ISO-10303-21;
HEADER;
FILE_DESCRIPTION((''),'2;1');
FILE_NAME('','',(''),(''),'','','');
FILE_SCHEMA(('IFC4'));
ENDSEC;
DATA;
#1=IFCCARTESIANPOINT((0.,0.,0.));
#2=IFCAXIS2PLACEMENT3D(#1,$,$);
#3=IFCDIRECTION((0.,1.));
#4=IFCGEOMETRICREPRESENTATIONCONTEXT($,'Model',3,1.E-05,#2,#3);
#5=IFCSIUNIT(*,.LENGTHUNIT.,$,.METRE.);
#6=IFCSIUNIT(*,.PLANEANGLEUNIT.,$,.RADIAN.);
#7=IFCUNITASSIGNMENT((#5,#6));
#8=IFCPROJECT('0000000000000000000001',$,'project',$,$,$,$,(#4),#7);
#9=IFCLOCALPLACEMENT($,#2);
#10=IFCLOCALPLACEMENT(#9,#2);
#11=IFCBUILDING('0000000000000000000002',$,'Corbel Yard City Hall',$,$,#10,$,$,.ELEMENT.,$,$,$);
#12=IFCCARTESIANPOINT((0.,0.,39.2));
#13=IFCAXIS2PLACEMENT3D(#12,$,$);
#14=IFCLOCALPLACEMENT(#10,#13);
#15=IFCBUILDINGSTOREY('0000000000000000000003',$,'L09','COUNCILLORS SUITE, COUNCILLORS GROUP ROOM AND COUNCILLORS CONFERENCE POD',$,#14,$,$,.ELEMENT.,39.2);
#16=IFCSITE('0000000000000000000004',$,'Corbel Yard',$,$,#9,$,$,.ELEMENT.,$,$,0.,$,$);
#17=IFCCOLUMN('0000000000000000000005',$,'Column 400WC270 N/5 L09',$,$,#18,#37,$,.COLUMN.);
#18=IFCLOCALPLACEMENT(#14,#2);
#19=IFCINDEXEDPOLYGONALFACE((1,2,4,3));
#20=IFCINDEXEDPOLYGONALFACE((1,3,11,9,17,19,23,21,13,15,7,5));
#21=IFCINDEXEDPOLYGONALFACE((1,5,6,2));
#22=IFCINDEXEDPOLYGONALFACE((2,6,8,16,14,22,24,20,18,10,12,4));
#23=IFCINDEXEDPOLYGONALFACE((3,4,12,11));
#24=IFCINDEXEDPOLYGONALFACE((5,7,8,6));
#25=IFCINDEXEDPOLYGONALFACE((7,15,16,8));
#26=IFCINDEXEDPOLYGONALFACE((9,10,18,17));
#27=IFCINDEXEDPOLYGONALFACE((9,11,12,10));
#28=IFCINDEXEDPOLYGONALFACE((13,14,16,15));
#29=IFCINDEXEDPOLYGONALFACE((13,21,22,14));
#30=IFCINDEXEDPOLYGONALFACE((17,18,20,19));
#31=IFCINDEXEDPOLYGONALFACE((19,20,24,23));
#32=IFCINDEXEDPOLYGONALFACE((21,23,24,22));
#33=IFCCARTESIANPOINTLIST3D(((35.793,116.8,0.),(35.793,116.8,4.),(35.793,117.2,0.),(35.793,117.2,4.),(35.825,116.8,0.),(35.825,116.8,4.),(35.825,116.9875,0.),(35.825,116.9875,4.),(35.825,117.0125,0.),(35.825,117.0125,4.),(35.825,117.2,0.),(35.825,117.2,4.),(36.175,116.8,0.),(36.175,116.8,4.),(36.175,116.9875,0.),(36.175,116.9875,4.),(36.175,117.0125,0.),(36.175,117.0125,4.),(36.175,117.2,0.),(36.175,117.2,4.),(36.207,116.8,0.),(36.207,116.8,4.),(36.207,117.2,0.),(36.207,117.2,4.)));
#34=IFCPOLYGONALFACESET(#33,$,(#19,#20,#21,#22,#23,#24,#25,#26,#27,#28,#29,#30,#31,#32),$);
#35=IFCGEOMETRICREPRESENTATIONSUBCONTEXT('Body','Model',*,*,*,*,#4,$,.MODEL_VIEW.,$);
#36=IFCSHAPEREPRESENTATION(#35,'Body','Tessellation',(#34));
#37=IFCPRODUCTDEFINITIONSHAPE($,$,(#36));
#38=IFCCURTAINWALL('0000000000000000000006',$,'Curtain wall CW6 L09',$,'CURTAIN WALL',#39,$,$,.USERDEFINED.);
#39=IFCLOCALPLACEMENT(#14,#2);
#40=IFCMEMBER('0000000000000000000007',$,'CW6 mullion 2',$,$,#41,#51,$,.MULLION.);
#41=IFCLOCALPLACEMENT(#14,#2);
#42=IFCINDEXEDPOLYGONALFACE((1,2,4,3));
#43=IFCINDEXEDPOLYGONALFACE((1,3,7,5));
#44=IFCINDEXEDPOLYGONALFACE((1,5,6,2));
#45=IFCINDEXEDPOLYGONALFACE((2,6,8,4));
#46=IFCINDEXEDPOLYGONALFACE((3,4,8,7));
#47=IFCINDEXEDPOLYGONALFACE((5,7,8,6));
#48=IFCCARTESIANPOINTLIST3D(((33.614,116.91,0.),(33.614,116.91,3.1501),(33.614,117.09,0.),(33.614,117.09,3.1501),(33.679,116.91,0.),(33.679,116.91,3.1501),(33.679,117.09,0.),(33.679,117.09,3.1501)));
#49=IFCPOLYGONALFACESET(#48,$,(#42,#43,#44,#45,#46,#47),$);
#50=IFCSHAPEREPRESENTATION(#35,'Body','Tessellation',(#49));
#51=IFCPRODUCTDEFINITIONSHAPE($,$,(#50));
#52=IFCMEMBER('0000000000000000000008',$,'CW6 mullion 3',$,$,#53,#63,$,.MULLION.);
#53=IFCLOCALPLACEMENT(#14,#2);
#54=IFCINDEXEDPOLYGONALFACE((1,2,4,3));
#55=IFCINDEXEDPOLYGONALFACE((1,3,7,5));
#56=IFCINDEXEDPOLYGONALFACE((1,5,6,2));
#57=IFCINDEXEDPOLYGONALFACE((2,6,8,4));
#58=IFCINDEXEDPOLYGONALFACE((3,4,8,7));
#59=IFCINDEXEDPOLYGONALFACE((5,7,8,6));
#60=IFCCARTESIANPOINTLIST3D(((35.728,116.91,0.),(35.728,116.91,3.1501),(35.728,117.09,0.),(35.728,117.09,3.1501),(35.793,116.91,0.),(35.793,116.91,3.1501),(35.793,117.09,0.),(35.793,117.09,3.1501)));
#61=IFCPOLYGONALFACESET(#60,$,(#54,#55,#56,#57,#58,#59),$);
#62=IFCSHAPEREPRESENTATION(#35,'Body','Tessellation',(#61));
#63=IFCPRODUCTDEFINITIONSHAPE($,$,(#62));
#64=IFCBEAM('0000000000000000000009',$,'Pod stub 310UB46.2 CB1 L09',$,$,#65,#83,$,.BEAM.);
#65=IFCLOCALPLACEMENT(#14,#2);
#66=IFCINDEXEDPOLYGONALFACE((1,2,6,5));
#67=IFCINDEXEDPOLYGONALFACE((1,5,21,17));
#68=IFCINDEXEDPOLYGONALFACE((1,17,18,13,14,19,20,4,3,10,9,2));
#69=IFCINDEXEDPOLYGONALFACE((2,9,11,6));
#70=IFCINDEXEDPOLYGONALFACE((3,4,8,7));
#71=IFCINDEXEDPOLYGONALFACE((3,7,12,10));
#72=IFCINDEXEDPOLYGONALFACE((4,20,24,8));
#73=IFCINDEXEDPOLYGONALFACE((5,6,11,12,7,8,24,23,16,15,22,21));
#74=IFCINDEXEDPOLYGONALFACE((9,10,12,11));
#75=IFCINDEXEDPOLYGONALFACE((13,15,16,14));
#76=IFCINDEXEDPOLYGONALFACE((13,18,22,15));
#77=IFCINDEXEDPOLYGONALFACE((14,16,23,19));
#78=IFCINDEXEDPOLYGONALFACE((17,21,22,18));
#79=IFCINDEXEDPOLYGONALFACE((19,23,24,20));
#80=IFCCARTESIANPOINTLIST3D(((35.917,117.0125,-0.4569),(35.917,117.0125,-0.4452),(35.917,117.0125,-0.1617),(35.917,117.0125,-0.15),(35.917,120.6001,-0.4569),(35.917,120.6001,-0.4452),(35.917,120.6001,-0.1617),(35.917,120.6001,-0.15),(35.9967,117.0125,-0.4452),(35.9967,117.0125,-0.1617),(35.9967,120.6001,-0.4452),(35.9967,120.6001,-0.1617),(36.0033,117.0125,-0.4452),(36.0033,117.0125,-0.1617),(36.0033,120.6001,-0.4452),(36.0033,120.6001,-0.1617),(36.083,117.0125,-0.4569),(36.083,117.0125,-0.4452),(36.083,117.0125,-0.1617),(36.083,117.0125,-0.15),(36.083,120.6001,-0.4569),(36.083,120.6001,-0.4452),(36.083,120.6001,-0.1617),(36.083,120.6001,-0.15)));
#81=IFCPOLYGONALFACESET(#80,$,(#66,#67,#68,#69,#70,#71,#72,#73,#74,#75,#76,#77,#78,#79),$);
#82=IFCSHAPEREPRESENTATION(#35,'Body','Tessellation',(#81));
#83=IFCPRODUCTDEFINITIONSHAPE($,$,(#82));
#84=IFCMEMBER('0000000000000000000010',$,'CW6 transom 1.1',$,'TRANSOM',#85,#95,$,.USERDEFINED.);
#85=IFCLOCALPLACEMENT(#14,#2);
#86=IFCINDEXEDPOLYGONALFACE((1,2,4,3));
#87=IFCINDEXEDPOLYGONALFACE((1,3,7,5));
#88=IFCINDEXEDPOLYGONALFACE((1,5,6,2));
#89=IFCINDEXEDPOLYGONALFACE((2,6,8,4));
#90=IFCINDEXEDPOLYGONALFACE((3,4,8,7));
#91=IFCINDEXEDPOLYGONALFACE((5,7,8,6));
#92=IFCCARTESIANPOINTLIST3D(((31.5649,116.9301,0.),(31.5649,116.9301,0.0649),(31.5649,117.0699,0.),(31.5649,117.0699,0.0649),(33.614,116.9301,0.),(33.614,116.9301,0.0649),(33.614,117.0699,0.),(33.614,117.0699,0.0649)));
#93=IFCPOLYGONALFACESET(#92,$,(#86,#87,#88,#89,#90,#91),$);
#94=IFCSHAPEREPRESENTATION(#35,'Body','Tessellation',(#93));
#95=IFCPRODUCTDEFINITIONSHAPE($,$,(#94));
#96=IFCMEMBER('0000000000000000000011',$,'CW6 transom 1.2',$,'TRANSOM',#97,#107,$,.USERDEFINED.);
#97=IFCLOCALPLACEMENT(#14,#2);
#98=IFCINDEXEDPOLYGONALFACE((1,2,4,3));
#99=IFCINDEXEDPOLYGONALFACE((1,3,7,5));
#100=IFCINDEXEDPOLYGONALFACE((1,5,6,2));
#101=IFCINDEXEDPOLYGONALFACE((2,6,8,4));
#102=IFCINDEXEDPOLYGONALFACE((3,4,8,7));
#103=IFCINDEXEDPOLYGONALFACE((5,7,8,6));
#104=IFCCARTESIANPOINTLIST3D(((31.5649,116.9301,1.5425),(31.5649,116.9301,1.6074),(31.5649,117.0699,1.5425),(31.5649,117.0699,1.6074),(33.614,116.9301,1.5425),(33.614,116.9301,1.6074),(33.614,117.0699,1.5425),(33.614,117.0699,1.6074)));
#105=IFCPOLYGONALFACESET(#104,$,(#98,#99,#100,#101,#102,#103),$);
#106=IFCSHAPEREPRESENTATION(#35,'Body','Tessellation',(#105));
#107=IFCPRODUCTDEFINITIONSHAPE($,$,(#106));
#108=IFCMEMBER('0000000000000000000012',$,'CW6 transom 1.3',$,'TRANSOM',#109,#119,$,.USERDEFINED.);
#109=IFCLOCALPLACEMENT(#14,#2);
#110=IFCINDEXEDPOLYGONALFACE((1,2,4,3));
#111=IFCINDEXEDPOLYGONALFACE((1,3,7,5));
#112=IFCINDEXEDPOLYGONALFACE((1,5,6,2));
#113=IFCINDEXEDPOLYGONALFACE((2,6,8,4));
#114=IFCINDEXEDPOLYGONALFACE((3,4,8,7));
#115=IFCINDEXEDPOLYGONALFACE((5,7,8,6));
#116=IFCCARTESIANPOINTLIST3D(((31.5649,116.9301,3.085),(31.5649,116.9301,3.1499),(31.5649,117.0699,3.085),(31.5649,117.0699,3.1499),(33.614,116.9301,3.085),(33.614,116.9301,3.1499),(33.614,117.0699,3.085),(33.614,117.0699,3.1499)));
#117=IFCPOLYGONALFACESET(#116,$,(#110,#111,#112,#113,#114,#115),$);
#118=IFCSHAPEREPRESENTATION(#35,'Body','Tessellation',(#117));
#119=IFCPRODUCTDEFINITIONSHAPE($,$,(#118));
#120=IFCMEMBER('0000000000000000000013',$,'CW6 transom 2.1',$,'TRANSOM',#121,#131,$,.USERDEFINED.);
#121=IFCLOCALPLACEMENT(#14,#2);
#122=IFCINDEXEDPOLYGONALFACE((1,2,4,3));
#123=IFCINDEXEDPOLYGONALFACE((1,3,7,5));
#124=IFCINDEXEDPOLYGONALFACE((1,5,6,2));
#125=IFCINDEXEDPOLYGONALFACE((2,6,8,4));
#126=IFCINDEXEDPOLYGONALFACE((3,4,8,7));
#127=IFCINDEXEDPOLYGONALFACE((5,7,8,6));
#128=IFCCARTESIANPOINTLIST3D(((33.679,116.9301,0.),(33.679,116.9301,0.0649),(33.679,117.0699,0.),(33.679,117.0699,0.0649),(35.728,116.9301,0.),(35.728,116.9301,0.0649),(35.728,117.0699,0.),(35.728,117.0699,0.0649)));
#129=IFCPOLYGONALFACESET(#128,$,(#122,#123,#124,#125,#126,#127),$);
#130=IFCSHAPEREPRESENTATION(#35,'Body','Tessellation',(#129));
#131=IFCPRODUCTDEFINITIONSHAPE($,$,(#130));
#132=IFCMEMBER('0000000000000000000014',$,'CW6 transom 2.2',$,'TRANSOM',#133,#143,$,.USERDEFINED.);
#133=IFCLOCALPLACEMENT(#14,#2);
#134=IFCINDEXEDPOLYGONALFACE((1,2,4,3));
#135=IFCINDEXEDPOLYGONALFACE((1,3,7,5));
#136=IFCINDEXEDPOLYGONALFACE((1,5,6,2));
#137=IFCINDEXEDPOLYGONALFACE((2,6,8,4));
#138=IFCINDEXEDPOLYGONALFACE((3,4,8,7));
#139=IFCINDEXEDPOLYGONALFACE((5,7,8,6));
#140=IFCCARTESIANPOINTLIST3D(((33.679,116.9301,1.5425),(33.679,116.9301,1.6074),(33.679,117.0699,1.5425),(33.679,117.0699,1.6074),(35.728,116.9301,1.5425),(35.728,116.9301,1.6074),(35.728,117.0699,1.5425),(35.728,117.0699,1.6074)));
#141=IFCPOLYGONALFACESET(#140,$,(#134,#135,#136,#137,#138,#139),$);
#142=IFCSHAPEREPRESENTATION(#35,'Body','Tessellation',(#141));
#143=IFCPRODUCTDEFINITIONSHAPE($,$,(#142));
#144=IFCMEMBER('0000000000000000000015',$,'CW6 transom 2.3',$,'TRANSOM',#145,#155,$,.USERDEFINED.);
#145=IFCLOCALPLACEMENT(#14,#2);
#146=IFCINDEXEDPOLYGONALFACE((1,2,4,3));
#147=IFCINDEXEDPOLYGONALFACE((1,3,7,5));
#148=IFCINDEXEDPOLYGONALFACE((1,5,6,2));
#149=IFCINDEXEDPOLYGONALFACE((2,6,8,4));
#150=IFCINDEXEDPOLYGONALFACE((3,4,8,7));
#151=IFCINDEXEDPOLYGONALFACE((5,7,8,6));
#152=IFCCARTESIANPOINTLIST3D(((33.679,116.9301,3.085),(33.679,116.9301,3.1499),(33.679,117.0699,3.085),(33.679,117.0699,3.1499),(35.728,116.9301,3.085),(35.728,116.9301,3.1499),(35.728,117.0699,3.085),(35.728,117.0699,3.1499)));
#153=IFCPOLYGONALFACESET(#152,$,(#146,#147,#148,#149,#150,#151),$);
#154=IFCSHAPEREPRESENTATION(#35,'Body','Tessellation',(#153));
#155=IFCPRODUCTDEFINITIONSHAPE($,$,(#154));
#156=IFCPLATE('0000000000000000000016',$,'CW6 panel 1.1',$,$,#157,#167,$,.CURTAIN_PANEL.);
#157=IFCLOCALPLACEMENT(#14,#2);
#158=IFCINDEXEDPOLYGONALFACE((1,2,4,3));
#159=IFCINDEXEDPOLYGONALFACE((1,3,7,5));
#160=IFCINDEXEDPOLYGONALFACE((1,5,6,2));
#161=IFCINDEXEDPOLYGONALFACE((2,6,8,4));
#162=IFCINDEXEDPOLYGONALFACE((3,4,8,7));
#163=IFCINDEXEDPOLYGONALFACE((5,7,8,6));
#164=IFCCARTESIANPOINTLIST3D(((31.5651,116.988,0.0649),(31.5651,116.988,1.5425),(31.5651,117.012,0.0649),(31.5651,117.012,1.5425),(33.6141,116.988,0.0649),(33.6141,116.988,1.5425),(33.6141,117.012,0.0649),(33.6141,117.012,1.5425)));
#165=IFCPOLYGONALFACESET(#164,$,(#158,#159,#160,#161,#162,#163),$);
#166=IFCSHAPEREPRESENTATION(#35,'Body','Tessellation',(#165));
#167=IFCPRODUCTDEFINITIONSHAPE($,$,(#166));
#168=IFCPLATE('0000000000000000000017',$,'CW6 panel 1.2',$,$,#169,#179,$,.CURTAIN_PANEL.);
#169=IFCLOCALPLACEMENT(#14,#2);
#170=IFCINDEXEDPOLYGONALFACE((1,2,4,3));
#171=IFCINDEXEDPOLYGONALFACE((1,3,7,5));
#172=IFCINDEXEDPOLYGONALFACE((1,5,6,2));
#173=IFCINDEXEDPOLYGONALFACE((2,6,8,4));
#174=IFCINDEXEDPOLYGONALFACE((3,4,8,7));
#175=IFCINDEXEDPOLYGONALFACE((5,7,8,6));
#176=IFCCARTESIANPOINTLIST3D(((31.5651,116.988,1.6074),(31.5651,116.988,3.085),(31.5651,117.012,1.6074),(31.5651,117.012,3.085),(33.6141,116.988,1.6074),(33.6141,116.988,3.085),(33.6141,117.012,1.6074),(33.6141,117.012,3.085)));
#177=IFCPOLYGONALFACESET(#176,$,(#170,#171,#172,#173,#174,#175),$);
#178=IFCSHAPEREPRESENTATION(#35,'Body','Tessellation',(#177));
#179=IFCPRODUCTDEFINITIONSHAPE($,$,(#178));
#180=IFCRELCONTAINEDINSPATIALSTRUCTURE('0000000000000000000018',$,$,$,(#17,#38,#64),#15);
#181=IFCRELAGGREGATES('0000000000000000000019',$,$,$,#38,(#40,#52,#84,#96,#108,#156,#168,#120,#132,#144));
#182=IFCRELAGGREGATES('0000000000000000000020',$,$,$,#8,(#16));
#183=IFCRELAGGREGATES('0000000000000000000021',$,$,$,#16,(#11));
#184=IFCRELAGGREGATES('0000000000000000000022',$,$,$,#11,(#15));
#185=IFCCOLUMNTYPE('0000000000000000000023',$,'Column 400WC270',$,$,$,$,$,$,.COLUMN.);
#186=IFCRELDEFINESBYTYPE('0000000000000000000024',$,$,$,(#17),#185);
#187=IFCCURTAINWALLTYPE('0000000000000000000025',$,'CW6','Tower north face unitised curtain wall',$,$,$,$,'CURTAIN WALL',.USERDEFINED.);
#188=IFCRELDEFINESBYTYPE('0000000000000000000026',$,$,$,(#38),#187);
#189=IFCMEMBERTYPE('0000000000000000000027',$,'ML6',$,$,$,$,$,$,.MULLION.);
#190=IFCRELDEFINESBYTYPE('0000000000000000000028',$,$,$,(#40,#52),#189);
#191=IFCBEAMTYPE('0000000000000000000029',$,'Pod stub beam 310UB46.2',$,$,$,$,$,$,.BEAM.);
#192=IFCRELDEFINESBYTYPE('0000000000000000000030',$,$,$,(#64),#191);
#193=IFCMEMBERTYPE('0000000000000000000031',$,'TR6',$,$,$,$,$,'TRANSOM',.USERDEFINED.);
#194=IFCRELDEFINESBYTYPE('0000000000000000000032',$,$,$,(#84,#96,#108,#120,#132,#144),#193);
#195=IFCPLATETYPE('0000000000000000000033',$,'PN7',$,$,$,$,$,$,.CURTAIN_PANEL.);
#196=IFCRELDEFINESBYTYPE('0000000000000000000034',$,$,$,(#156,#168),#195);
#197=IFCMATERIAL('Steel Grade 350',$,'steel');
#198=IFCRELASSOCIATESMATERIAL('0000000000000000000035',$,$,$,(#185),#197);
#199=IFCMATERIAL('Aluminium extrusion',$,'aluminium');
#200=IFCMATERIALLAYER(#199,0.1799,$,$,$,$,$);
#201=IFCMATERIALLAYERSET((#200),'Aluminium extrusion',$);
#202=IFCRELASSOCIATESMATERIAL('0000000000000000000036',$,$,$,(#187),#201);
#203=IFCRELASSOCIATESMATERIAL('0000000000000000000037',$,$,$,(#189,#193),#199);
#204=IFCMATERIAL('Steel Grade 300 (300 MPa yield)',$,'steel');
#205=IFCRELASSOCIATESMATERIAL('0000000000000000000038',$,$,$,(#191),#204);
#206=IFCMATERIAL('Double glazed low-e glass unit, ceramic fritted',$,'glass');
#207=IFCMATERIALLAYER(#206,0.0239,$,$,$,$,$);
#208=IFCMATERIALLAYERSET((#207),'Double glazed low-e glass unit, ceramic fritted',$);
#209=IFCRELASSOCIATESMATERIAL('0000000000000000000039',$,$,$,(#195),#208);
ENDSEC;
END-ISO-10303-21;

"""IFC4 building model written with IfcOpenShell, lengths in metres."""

from ifc_helpers import new_model, si_unit, direction, frame, origin, origin_2d, place, context, subcontext, project, spatial, rectangle, i_section, extrude, material, layer, layer_set, material_profile, profile_set, type_object, element, aggregate, save


model = new_model("IFC4")

# Units and contexts
model_context = context("Model", 3, precision=1e-05, world=origin(), true_north=direction((0.0, 1.0)))
body_context = subcontext(model_context, "Body", "Model", "MODEL_VIEW")
ifc_project = project(units=[si_unit("LENGTHUNIT", "METRE"), si_unit("PLANEANGLEUNIT", "RADIAN")], contexts=[model_context])

# Site, building, storey
site_placement = place(None, origin())
site = spatial("IfcSite", under=ifc_project, at=site_placement, Name="Corbel Yard", CompositionType="ELEMENT", RefElevation=0.0)
building_placement = place(site_placement, origin())
building = spatial("IfcBuilding", under=site, at=building_placement, Name="Corbel Yard City Hall", CompositionType="ELEMENT")
storey_placement = place(building_placement, frame((0.0, 0.0, 39.2)))
storey = spatial("IfcBuildingStorey", under=building, at=storey_placement, Name="L09", Description="COUNCILLORS SUITE, COUNCILLORS GROUP ROOM AND COUNCILLORS CONFERENCE POD", CompositionType="ELEMENT", Elevation=39.2)

# Column
ifc_material_1 = material(Name="Steel Grade 350", Category="steel")
ifc_material_profile_1 = material_profile(ifc_material_1, i_section(OverallWidth=0.3999, OverallDepth=0.4141, WebThickness=0.0249, FlangeThickness=0.032, at=origin_2d()), Name="400WC270")
ifc_profile_set_1 = profile_set([ifc_material_profile_1], Name="Steel Grade 350")
column_type = type_object("IfcColumnType", Name="Column 400WC270", PredefinedType="COLUMN", material=ifc_profile_set_1)
column_placement = place(storey_placement, frame((36.0, 117.0, 0.0), z_axis=(0.0, 0.0, 1.0), x_axis=(0.0, 1.0, 0.0)))
element("IfcColumn", 1, at=column_placement, inside=storey, type_object=column_type, Name="Column 400WC270 N/5 L09", PredefinedType="COLUMN", context=body_context, shape_type="SweptSolid", body=[
    extrude(i_section(OverallWidth=0.3999, OverallDepth=0.4141, WebThickness=0.0249, FlangeThickness=0.032, at=origin_2d()), origin(), (0.0, 0.0, 1.0), 4.0),
])

# Curtain wall, members
ifc_material_2 = material(Name="Aluminium extrusion", Category="aluminium")
ifc_layer_1 = layer(ifc_material_2, 0.1799)
ifc_layer_set_1 = layer_set([ifc_layer_1], Name="Aluminium extrusion")
curtain_wall_type = type_object("IfcCurtainWallType", Name="CW6", Description="Tower north face unitised curtain wall", ElementType="CURTAIN WALL", PredefinedType="USERDEFINED", material=ifc_layer_set_1)
curtain_wall_placement = place(storey_placement, origin())
curtain_wall = element("IfcCurtainWall", 2, at=curtain_wall_placement, inside=storey, type_object=curtain_wall_type, Name="Curtain wall CW6 L09", ObjectType="CURTAIN WALL", PredefinedType="USERDEFINED")
ifc_material_profile_2 = material_profile(ifc_material_2, rectangle(XDim=0.1799, YDim=0.0649, at=origin_2d()), Name="180x65")
ifc_profile_set_2 = profile_set([ifc_material_profile_2], Name="Aluminium extrusion")
member_type_1 = type_object("IfcMemberType", Name="ML6", PredefinedType="MULLION", material=ifc_profile_set_2)
member_1_placement = place(storey_placement, frame((33.6465, 117.0, 0.0), z_axis=(0.0, 0.0, 1.0), x_axis=(0.0, 1.0, 0.0)))
member_1 = element("IfcMember", 3, at=member_1_placement, type_object=member_type_1, Name="CW6 mullion 2", PredefinedType="MULLION", context=body_context, shape_type="SweptSolid", body=[
    extrude(rectangle(XDim=0.1799, YDim=0.0649, at=origin_2d()), origin(), (0.0, 0.0, 1.0), 3.1501),
])
member_2_placement = place(storey_placement, frame((35.7605, 117.0, 0.0), z_axis=(0.0, 0.0, 1.0), x_axis=(0.0, 1.0, 0.0)))
member_2 = element("IfcMember", 4, at=member_2_placement, type_object=member_type_1, Name="CW6 mullion 3", PredefinedType="MULLION", context=body_context, shape_type="SweptSolid", body=[
    extrude(rectangle(XDim=0.1799, YDim=0.0649, at=origin_2d()), origin(), (0.0, 0.0, 1.0), 3.1501),
])

# Beam
ifc_material_3 = material(Name="Steel Grade 300 (300 MPa yield)", Category="steel")
ifc_material_profile_3 = material_profile(ifc_material_3, i_section(OverallWidth=0.166, OverallDepth=0.3069, WebThickness=0.0066, FlangeThickness=0.0117, at=origin_2d()), Name="310UB46.2")
ifc_profile_set_3 = profile_set([ifc_material_profile_3], Name="Steel Grade 300 (300 MPa yield)")
beam_type = type_object("IfcBeamType", Name="Pod stub beam 310UB46.2", PredefinedType="BEAM", material=ifc_profile_set_3)
beam_placement = place(storey_placement, frame((36.0, 117.0125, -0.3035), z_axis=(0.0, 1.0, 0.0), x_axis=(-1.0, 0.0, 0.0)))
element("IfcBeam", 5, at=beam_placement, inside=storey, type_object=beam_type, Name="Pod stub 310UB46.2 CB1 L09", PredefinedType="BEAM", context=body_context, shape_type="SweptSolid", body=[
    extrude(i_section(OverallWidth=0.166, OverallDepth=0.3069, WebThickness=0.0066, FlangeThickness=0.0117, at=origin_2d()), origin(), (0.0, 0.0, 1.0), 3.5876),
])

# Members
ifc_material_profile_4 = material_profile(ifc_material_2, rectangle(XDim=0.1399, YDim=0.0649, at=origin_2d()), Name="140x65")
ifc_profile_set_4 = profile_set([ifc_material_profile_4], Name="Aluminium extrusion")
member_type_2 = type_object("IfcMemberType", Name="TR6", ElementType="TRANSOM", PredefinedType="USERDEFINED", material=ifc_profile_set_4)
member_3_placement = place(storey_placement, frame((31.5649, 117.0, 0.0325), z_axis=(1.0, 0.0, 0.0), x_axis=(0.0, 1.0, 0.0)))
member_3 = element("IfcMember", 6, at=member_3_placement, type_object=member_type_2, Name="CW6 transom 1.1", ObjectType="TRANSOM", PredefinedType="USERDEFINED", context=body_context, shape_type="SweptSolid", body=[
    extrude(rectangle(XDim=0.1399, YDim=0.0649, at=origin_2d()), origin(), (0.0, 0.0, 1.0), 2.0491),
])
member_4_placement = place(storey_placement, frame((31.5649, 117.0, 1.575), z_axis=(1.0, 0.0, 0.0), x_axis=(0.0, 1.0, 0.0)))
member_4 = element("IfcMember", 7, at=member_4_placement, type_object=member_type_2, Name="CW6 transom 1.2", ObjectType="TRANSOM", PredefinedType="USERDEFINED", context=body_context, shape_type="SweptSolid", body=[
    extrude(rectangle(XDim=0.1399, YDim=0.0649, at=origin_2d()), origin(), (0.0, 0.0, 1.0), 2.0491),
])
member_5_placement = place(storey_placement, frame((31.5649, 117.0, 3.1174), z_axis=(1.0, 0.0, 0.0), x_axis=(0.0, 1.0, 0.0)))
member_5 = element("IfcMember", 8, at=member_5_placement, type_object=member_type_2, Name="CW6 transom 1.3", ObjectType="TRANSOM", PredefinedType="USERDEFINED", context=body_context, shape_type="SweptSolid", body=[
    extrude(rectangle(XDim=0.1399, YDim=0.0649, at=origin_2d()), origin(), (0.0, 0.0, 1.0), 2.0491),
])
member_6_placement = place(storey_placement, frame((33.679, 117.0, 0.0325), z_axis=(1.0, 0.0, 0.0), x_axis=(0.0, 1.0, 0.0)))
member_6 = element("IfcMember", 9, at=member_6_placement, type_object=member_type_2, Name="CW6 transom 2.1", ObjectType="TRANSOM", PredefinedType="USERDEFINED", context=body_context, shape_type="SweptSolid", body=[
    extrude(rectangle(XDim=0.1399, YDim=0.0649, at=origin_2d()), origin(), (0.0, 0.0, 1.0), 2.0491),
])
member_7_placement = place(storey_placement, frame((33.679, 117.0, 1.575), z_axis=(1.0, 0.0, 0.0), x_axis=(0.0, 1.0, 0.0)))
member_7 = element("IfcMember", 10, at=member_7_placement, type_object=member_type_2, Name="CW6 transom 2.2", ObjectType="TRANSOM", PredefinedType="USERDEFINED", context=body_context, shape_type="SweptSolid", body=[
    extrude(rectangle(XDim=0.1399, YDim=0.0649, at=origin_2d()), origin(), (0.0, 0.0, 1.0), 2.0491),
])
member_8_placement = place(storey_placement, frame((33.679, 117.0, 3.1174), z_axis=(1.0, 0.0, 0.0), x_axis=(0.0, 1.0, 0.0)))
member_8 = element("IfcMember", 11, at=member_8_placement, type_object=member_type_2, Name="CW6 transom 2.3", ObjectType="TRANSOM", PredefinedType="USERDEFINED", context=body_context, shape_type="SweptSolid", body=[
    extrude(rectangle(XDim=0.1399, YDim=0.0649, at=origin_2d()), origin(), (0.0, 0.0, 1.0), 2.0491),
])

# Plates
ifc_material_4 = material(Name="Double glazed low-e glass unit, ceramic fritted", Category="glass")
ifc_layer_2 = layer(ifc_material_4, 0.0239)
ifc_layer_set_2 = layer_set([ifc_layer_2], Name="Double glazed low-e glass unit, ceramic fritted")
plate_type = type_object("IfcPlateType", Name="PN7", PredefinedType="CURTAIN_PANEL", material=ifc_layer_set_2)
plate_1_placement = place(storey_placement, frame((32.5896, 117.0, 0.0649), z_axis=(0.0, 0.0, 1.0), x_axis=(1.0, 0.0, 0.0)))
plate_1 = element("IfcPlate", 12, at=plate_1_placement, type_object=plate_type, Name="CW6 panel 1.1", PredefinedType="CURTAIN_PANEL", context=body_context, shape_type="SweptSolid", body=[
    extrude(rectangle(XDim=2.0491, YDim=0.0239, at=origin_2d()), origin(), (0.0, 0.0, 1.0), 1.4775),
])
plate_2_placement = place(storey_placement, frame((32.5896, 117.0, 1.6074), z_axis=(0.0, 0.0, 1.0), x_axis=(1.0, 0.0, 0.0)))
plate_2 = element("IfcPlate", 13, at=plate_2_placement, type_object=plate_type, Name="CW6 panel 1.2", PredefinedType="CURTAIN_PANEL", context=body_context, shape_type="SweptSolid", body=[
    extrude(rectangle(XDim=2.0491, YDim=0.0239, at=origin_2d()), origin(), (0.0, 0.0, 1.0), 1.4775),
])
aggregate(curtain_wall, [member_1, member_2, member_3, member_4, member_5, plate_1, plate_2, member_6, member_7, member_8])

save(model, "model.ifc")
